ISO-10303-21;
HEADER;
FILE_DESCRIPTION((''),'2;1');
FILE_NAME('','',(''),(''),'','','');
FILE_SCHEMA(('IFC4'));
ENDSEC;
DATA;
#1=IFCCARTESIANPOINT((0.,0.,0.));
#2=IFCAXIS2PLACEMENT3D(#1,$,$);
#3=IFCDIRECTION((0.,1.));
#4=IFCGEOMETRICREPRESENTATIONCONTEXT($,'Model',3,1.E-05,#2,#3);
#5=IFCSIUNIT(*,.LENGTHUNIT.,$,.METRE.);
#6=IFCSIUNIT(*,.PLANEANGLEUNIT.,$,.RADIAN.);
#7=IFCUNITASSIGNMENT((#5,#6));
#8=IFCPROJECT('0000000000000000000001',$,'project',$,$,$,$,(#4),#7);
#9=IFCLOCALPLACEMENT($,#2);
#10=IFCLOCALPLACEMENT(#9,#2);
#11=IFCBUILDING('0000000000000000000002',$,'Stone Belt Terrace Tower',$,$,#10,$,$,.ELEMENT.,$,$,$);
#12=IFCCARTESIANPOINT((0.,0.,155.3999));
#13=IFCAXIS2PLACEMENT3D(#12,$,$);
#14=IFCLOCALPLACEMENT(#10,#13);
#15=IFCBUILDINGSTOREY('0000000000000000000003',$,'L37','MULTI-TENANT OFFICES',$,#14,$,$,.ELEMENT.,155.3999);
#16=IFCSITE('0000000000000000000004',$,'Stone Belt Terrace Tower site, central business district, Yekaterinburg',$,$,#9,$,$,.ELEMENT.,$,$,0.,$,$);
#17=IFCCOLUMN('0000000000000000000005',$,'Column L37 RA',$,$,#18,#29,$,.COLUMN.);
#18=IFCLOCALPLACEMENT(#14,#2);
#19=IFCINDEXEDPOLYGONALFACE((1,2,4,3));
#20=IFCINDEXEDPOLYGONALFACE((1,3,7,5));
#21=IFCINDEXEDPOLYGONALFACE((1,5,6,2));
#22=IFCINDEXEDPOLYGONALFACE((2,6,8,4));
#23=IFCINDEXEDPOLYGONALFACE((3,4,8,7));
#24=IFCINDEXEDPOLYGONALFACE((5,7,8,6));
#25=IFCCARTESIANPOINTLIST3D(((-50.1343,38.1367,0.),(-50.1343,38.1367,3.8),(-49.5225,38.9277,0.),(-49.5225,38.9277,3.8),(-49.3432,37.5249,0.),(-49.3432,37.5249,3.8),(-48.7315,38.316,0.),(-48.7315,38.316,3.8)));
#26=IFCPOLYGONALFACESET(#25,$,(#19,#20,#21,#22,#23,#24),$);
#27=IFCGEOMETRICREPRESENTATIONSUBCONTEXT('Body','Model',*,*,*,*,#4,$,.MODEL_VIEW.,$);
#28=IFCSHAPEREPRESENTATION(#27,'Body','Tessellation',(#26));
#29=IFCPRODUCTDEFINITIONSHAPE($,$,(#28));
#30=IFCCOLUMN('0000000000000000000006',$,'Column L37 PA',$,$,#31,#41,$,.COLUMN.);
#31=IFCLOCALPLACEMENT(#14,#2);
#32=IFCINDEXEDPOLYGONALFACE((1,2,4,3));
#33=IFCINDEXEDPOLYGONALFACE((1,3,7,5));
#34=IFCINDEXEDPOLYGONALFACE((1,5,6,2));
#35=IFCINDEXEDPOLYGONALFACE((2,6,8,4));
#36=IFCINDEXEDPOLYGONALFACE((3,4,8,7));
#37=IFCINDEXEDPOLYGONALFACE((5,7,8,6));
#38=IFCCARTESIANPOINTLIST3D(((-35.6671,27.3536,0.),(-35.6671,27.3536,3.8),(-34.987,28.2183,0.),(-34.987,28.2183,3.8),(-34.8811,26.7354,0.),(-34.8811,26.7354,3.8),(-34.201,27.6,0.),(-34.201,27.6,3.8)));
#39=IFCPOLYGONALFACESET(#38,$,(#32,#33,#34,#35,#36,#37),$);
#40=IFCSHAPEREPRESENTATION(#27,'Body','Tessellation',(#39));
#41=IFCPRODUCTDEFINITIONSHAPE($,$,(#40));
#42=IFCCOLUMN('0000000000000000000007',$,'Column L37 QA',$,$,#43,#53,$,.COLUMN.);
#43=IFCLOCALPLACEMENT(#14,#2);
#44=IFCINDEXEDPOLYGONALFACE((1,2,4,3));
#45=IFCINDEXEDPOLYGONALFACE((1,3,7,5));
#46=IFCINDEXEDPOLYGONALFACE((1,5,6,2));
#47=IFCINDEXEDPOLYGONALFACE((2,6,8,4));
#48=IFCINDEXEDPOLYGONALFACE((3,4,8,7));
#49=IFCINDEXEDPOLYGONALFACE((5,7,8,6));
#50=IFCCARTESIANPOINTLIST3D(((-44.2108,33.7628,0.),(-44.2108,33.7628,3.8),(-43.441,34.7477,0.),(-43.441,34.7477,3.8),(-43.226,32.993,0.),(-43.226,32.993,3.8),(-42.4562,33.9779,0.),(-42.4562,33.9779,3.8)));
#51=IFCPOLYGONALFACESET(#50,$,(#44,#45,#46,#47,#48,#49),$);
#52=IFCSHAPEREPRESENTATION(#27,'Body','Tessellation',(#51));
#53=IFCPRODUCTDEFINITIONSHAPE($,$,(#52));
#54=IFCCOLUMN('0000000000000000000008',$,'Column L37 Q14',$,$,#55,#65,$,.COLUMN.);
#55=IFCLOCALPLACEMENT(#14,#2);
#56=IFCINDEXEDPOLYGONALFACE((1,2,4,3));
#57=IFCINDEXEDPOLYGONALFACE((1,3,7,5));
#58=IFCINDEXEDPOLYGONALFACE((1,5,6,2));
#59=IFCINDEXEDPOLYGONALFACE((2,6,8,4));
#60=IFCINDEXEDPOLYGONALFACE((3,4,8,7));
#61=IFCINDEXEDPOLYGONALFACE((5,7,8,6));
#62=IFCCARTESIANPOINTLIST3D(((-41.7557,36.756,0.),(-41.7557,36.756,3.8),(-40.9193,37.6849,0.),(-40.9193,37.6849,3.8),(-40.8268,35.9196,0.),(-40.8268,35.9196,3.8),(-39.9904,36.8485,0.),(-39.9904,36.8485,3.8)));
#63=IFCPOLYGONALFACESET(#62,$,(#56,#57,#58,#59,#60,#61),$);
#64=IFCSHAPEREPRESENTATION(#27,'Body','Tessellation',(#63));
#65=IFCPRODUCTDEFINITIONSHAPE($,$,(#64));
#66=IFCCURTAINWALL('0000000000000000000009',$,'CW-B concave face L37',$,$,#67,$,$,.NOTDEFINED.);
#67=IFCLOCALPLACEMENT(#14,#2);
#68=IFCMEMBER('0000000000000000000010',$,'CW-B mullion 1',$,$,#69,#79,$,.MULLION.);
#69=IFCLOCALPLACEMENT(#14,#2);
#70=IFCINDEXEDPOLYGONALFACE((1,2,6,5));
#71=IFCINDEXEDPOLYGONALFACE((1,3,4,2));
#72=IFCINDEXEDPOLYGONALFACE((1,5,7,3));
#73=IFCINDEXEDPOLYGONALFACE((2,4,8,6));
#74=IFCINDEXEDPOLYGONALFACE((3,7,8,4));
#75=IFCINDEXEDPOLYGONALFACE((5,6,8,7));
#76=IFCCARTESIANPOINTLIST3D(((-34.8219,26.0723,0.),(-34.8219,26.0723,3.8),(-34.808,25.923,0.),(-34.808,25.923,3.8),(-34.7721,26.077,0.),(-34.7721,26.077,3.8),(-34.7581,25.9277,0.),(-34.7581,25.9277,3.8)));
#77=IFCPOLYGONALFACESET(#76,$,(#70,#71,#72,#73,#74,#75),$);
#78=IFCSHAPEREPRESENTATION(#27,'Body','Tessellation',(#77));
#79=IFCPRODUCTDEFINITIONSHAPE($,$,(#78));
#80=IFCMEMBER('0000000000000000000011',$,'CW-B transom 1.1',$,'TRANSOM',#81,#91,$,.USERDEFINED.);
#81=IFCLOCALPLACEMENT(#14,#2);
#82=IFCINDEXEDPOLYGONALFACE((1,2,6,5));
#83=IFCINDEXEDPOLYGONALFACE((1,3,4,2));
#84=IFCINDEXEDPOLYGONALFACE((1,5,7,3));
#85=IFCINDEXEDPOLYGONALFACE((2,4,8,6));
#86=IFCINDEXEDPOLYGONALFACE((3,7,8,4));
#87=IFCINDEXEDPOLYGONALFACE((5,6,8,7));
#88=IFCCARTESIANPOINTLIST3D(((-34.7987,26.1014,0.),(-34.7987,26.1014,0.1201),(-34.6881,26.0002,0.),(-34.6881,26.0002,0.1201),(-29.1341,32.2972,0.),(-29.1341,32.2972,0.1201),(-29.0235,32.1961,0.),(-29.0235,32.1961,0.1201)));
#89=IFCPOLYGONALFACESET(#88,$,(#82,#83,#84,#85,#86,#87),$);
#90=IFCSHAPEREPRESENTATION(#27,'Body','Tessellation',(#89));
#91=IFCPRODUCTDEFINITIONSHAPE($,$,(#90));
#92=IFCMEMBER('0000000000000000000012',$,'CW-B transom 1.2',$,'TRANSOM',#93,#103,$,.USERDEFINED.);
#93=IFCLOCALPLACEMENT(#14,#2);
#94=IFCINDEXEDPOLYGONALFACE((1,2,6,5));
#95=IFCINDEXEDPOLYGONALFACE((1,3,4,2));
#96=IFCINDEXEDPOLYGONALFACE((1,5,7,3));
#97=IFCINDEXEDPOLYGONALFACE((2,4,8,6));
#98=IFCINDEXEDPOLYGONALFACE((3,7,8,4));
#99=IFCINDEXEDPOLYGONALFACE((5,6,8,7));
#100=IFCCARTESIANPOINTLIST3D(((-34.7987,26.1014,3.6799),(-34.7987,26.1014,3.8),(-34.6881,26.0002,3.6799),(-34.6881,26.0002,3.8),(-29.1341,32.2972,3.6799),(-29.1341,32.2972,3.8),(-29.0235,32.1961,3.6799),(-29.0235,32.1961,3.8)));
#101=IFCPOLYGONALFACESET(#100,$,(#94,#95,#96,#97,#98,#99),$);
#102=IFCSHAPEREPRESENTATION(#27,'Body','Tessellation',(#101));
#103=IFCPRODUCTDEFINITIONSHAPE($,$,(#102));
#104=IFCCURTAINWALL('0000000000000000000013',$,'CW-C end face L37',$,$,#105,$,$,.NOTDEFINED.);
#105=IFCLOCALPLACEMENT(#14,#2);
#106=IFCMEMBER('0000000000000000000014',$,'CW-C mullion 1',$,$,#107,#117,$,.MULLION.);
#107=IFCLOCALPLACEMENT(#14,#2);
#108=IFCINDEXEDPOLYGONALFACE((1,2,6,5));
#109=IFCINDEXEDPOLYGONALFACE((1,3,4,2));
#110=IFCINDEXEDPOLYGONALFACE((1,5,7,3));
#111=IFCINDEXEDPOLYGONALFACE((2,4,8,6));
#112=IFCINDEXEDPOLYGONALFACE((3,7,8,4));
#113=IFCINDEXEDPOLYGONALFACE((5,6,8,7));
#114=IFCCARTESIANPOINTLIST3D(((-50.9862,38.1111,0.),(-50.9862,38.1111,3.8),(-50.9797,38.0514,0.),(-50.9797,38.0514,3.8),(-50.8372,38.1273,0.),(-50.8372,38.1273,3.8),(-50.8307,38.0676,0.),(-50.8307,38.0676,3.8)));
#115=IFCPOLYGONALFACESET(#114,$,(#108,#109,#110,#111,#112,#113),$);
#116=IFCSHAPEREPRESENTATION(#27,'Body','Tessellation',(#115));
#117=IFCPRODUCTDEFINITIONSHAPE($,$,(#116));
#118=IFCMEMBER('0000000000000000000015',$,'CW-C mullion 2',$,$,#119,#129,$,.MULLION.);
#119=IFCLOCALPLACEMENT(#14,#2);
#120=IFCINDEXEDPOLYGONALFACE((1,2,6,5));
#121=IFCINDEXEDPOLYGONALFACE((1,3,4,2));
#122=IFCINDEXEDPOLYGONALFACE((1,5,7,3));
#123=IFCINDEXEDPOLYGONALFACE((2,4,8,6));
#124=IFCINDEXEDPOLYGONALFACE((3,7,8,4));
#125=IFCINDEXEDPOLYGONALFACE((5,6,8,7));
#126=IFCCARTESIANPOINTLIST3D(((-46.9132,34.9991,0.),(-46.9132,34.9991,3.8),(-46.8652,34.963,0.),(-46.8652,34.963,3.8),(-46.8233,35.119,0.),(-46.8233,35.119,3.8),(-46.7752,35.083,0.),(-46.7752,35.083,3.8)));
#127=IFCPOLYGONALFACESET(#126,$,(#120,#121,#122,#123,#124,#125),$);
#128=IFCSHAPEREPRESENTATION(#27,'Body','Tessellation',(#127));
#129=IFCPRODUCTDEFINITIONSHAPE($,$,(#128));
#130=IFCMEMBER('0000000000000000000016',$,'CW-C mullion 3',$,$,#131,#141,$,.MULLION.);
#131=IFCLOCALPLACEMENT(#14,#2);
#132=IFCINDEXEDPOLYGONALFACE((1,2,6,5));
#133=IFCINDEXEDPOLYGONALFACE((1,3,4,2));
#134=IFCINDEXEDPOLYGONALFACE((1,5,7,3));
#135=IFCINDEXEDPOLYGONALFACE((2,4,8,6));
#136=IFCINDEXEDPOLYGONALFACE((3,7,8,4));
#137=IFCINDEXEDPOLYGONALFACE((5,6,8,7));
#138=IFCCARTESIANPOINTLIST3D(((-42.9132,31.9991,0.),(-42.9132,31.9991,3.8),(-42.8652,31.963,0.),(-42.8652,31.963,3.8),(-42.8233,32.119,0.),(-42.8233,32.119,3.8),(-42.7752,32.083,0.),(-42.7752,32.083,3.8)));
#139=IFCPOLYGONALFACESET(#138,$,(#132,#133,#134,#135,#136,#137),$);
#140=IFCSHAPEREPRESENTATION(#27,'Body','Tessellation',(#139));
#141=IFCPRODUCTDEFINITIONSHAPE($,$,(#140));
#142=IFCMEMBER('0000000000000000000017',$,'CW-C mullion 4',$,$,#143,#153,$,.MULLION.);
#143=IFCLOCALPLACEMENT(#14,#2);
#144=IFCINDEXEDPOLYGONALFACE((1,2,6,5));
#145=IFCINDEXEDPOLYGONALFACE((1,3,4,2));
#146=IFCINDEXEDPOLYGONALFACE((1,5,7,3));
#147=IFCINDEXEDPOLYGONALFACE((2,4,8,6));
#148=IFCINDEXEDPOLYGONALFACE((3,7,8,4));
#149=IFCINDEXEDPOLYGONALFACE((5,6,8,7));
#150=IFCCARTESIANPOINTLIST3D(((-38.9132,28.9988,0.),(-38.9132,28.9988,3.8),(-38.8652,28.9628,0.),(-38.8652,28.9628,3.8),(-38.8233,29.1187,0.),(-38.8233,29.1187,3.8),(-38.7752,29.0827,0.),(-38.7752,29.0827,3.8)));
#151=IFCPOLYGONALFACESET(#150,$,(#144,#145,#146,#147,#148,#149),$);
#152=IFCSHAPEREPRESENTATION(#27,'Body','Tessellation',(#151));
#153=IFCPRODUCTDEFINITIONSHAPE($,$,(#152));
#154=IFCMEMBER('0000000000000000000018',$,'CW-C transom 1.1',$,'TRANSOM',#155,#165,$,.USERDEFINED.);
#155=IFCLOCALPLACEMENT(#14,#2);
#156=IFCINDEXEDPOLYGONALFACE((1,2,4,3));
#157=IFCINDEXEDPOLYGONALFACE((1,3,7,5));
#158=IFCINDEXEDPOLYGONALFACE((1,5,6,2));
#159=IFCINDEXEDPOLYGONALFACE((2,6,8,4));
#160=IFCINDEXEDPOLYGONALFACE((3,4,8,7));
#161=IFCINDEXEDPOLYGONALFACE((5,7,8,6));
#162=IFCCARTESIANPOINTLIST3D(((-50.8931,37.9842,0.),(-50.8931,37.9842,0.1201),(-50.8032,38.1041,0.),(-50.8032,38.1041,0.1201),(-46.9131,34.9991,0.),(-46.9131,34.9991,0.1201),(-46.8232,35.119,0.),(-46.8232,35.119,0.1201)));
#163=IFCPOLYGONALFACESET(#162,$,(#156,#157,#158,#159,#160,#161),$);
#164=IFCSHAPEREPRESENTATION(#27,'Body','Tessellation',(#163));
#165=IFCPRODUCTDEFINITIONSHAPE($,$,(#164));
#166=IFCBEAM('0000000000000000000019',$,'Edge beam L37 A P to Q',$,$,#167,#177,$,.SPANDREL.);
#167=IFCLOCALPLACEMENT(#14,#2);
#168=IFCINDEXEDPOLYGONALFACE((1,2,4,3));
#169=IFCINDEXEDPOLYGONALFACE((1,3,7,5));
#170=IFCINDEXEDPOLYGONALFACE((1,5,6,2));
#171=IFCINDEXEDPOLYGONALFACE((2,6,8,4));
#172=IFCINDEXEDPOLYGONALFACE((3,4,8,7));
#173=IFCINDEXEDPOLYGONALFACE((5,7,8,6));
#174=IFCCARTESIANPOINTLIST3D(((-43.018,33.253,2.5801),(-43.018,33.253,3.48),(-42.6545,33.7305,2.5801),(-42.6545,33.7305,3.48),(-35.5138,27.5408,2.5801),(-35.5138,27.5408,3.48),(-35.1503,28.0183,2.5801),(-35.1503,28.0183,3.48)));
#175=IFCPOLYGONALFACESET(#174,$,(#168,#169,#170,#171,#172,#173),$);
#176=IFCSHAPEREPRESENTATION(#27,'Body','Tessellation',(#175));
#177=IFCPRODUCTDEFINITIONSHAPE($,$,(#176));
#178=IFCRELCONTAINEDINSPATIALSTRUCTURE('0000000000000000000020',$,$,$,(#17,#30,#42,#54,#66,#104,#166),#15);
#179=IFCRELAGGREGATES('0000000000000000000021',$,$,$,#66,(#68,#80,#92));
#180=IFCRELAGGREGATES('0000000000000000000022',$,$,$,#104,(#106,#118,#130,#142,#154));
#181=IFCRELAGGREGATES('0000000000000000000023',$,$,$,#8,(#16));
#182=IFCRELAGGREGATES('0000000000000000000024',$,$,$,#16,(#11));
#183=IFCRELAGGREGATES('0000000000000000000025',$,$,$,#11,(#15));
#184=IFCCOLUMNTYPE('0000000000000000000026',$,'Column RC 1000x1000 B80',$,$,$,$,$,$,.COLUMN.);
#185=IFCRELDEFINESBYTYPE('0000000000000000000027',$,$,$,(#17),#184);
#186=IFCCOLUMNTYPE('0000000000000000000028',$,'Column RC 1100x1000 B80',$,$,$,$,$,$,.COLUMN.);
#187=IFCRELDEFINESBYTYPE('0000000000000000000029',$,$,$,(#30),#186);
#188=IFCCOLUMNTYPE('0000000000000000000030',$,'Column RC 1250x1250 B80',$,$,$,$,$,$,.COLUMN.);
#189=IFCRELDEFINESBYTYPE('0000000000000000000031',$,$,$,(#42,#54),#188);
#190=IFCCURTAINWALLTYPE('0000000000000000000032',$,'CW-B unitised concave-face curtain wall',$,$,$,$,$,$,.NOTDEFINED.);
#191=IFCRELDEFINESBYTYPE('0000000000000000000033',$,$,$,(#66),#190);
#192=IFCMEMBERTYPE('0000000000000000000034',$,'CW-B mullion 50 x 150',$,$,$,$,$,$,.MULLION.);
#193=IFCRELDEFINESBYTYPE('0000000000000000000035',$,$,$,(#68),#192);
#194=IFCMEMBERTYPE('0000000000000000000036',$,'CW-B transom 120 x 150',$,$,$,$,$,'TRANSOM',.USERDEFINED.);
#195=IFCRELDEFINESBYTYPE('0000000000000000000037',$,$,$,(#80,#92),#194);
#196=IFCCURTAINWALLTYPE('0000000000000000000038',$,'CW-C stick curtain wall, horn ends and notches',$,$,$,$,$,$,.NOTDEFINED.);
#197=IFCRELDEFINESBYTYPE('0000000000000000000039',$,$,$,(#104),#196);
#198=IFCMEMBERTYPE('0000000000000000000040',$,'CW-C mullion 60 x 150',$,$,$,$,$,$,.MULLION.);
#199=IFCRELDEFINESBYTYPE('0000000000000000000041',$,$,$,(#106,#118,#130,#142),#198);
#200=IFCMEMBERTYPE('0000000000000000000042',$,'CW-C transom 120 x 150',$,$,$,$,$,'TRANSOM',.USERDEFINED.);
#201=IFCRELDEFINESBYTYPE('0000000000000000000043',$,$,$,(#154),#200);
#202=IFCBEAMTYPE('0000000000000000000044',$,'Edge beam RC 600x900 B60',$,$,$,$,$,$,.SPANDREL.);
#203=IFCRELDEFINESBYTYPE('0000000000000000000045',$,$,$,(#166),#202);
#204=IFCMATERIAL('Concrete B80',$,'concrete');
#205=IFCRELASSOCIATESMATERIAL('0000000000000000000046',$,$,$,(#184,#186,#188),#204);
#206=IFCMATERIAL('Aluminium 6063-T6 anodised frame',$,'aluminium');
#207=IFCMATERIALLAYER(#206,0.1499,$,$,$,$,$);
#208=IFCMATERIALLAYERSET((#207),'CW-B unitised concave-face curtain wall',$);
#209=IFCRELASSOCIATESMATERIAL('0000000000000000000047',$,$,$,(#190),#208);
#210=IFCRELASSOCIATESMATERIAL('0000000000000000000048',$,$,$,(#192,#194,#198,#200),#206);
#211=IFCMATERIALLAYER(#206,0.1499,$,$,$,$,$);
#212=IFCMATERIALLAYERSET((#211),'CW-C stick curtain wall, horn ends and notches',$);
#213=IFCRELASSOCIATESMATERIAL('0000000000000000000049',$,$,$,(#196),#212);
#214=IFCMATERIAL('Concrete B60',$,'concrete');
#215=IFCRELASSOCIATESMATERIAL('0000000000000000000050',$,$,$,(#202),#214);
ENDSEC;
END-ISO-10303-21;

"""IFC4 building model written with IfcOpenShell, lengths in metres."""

from ifc_helpers import new_model, si_unit, direction, frame, origin, origin_2d, place, context, subcontext, project, spatial, rectangle, extrude, material, layer, layer_set, material_profile, profile_set, type_object, element, aggregate, save


model = new_model("IFC4")

# Units and contexts
model_context = context("Model", 3, precision=1e-05, world=origin(), true_north=direction((0.0, 1.0)))
body_context = subcontext(model_context, "Body", "Model", "MODEL_VIEW")
ifc_project = project(units=[si_unit("LENGTHUNIT", "METRE"), si_unit("PLANEANGLEUNIT", "RADIAN")], contexts=[model_context])

# Site, building, storey
site_placement = place(None, origin())
site = spatial("IfcSite", under=ifc_project, at=site_placement, Name="Stone Belt Terrace Tower site, central business district, Yekaterinburg", CompositionType="ELEMENT", RefElevation=0.0)
building_placement = place(site_placement, origin())
building = spatial("IfcBuilding", under=site, at=building_placement, Name="Stone Belt Terrace Tower", CompositionType="ELEMENT")
storey_placement = place(building_placement, frame((0.0, 0.0, 155.3999)))
storey = spatial("IfcBuildingStorey", under=building, at=storey_placement, Name="L37", Description="MULTI-TENANT OFFICES", CompositionType="ELEMENT", Elevation=155.3999)

# Columns
ifc_material_1 = material(Name="Concrete B80", Category="concrete")
ifc_material_profile_1 = material_profile(ifc_material_1, rectangle(XDim=1.0, YDim=1.0, at=origin_2d()), Name="RC 1000x1000")
ifc_profile_set_1 = profile_set([ifc_material_profile_1], Name="Concrete B80")
column_type_1 = type_object("IfcColumnType", Name="Column RC 1000x1000 B80", PredefinedType="COLUMN", material=ifc_profile_set_1)
column_1_placement = place(storey_placement, frame((-49.4329, 38.2263, 0.0), z_axis=(0.0, 0.0, 1.0), x_axis=(0.61173, 0.791067, 0.0)))
element("IfcColumn", 1, at=column_1_placement, inside=storey, type_object=column_type_1, Name="Column L37 RA", PredefinedType="COLUMN", context=body_context, shape_type="SweptSolid", body=[
    extrude(rectangle(XDim=1.0, YDim=1.0, at=origin_2d()), origin(), (0.0, 0.0, 1.0), 3.8),
])
ifc_material_profile_2 = material_profile(ifc_material_1, rectangle(XDim=1.1001, YDim=1.0, at=origin_2d()), Name="RC 1100x1000")
ifc_profile_set_2 = profile_set([ifc_material_profile_2], Name="Concrete B80")
column_type_2 = type_object("IfcColumnType", Name="Column RC 1100x1000 B80", PredefinedType="COLUMN", material=ifc_profile_set_2)
column_2_placement = place(storey_placement, frame((-34.9341, 27.4768, 0.0), z_axis=(0.0, 0.0, 1.0), x_axis=(0.618218, 0.786007, 0.0)))
element("IfcColumn", 2, at=column_2_placement, inside=storey, type_object=column_type_2, Name="Column L37 PA", PredefinedType="COLUMN", context=body_context, shape_type="SweptSolid", body=[
    extrude(rectangle(XDim=1.1001, YDim=1.0, at=origin_2d()), origin(), (0.0, 0.0, 1.0), 3.8),
])
ifc_material_profile_3 = material_profile(ifc_material_1, rectangle(XDim=1.25, YDim=1.25, at=origin_2d()), Name="RC 1250x1250")
ifc_profile_set_3 = profile_set([ifc_material_profile_3], Name="Concrete B80")
column_type_3 = type_object("IfcColumnType", Name="Column RC 1250x1250 B80", PredefinedType="COLUMN", material=ifc_profile_set_3)
for number, where, z_axis, x_axis, name in (
    (3, (-43.3335, 33.8704, 0.0), (0.0, 0.0, 1.0), (0.615825, 0.787883, 0.0), "Column L37 QA"),
    (4, (-40.873, 36.8022, 0.0), (0.0, 0.0, 1.0), (0.669131, 0.743145, 0.0), "Column L37 Q14"),
):
    element("IfcColumn", number, at=place(storey_placement, frame(where, z_axis=z_axis, x_axis=x_axis)), inside=storey, type_object=column_type_3, Name=name, PredefinedType="COLUMN", context=body_context, shape_type="SweptSolid", body=[
        extrude(rectangle(XDim=1.25, YDim=1.25, at=origin_2d()), origin(), (0.0, 0.0, 1.0), 3.8),
    ])

# Curtain walls, members
ifc_material_2 = material(Name="Aluminium 6063-T6 anodised frame", Category="aluminium")
ifc_layer_1 = layer(ifc_material_2, 0.1499)
ifc_layer_set_1 = layer_set([ifc_layer_1], Name="CW-B unitised concave-face curtain wall")
curtain_wall_type_1 = type_object("IfcCurtainWallType", Name="CW-B unitised concave-face curtain wall", PredefinedType="NOTDEFINED", material=ifc_layer_set_1)
curtain_wall_1_placement = place(storey_placement, origin())
curtain_wall_1 = element("IfcCurtainWall", 5, at=curtain_wall_1_placement, inside=storey, type_object=curtain_wall_type_1, Name="CW-B concave face L37", PredefinedType="NOTDEFINED")
ifc_material_profile_4 = material_profile(ifc_material_2, rectangle(XDim=0.1499, YDim=0.05, at=origin_2d()), Name="Aluminium 6063-T6 50x150")
ifc_profile_set_4 = profile_set([ifc_material_profile_4], Name="Aluminium 6063-T6 anodised frame")
member_type_1 = type_object("IfcMemberType", Name="CW-B mullion 50 x 150", PredefinedType="MULLION", material=ifc_profile_set_4)
member_1_placement = place(storey_placement, frame((-34.79, 26.0, 0.0), z_axis=(0.0, 0.0, 1.0), x_axis=(-0.093181, 0.995649, 0.0)))
member_1 = element("IfcMember", 6, at=member_1_placement, type_object=member_type_1, Name="CW-B mullion 1", PredefinedType="MULLION", context=body_context, shape_type="SweptSolid", body=[
    extrude(rectangle(XDim=0.1499, YDim=0.05, at=origin_2d()), origin(), (0.0, 0.0, 1.0), 3.8),
])
ifc_material_profile_5 = material_profile(ifc_material_2, rectangle(XDim=0.1499, YDim=0.1201, at=origin_2d()), Name="Aluminium 6063-T6 150x120")
ifc_profile_set_5 = profile_set([ifc_material_profile_5], Name="Aluminium 6063-T6 anodised frame")
member_type_2 = type_object("IfcMemberType", Name="CW-B transom 120 x 150", ElementType="TRANSOM", PredefinedType="USERDEFINED", material=ifc_profile_set_5)
member_2_placement = place(storey_placement, frame((-34.7434, 26.0508, 0.0601), z_axis=(0.674757, 0.73804, 0.0), x_axis=(-0.73804, 0.674757, 0.0)))
member_2 = element("IfcMember", 7, at=member_2_placement, type_object=member_type_2, Name="CW-B transom 1.1", ObjectType="TRANSOM", PredefinedType="USERDEFINED", context=body_context, shape_type="SweptSolid", body=[
    extrude(rectangle(XDim=0.1499, YDim=0.1201, at=origin_2d()), origin(), (0.0, 0.0, 1.0), 8.395),
])
member_3_placement = place(storey_placement, frame((-34.7434, 26.0508, 3.74), z_axis=(0.674757, 0.73804, 0.0), x_axis=(-0.73804, 0.674757, 0.0)))
member_3 = element("IfcMember", 8, at=member_3_placement, type_object=member_type_2, Name="CW-B transom 1.2", ObjectType="TRANSOM", PredefinedType="USERDEFINED", context=body_context, shape_type="SweptSolid", body=[
    extrude(rectangle(XDim=0.1499, YDim=0.1201, at=origin_2d()), origin(), (0.0, 0.0, 1.0), 8.395),
])
ifc_layer_2 = layer(ifc_material_2, 0.1499)
ifc_layer_set_2 = layer_set([ifc_layer_2], Name="CW-C stick curtain wall, horn ends and notches")
curtain_wall_type_2 = type_object("IfcCurtainWallType", Name="CW-C stick curtain wall, horn ends and notches", PredefinedType="NOTDEFINED", material=ifc_layer_set_2)
curtain_wall_2_placement = place(storey_placement, origin())
curtain_wall_2 = element("IfcCurtainWall", 9, at=curtain_wall_2_placement, inside=storey, type_object=curtain_wall_type_2, Name="CW-C end face L37", PredefinedType="NOTDEFINED")
ifc_material_profile_6 = material_profile(ifc_material_2, rectangle(XDim=0.1499, YDim=0.0601, at=origin_2d()), Name="Aluminium 6063-T6 60x150")
ifc_profile_set_6 = profile_set([ifc_material_profile_6], Name="Aluminium 6063-T6 anodised frame")
member_type_3 = type_object("IfcMemberType", Name="CW-C mullion 60 x 150", PredefinedType="MULLION", material=ifc_profile_set_6)
member_4_placement = place(storey_placement, frame((-50.9084, 38.0894, 0.0), z_axis=(0.0, 0.0, 1.0), x_axis=(0.994169, 0.10783, 0.0)))
member_4 = element("IfcMember", 10, at=member_4_placement, type_object=member_type_3, Name="CW-C mullion 1", PredefinedType="MULLION", context=body_context, shape_type="SweptSolid", body=[
    extrude(rectangle(XDim=0.1499, YDim=0.0601, at=origin_2d()), origin(), (0.0, 0.0, 1.0), 3.8),
])
member_5_placement = place(storey_placement, frame((-46.8442, 35.041, 0.0), z_axis=(0.0, 0.0, 1.0), x_axis=(0.600018, 0.799987, 0.0)))
member_5 = element("IfcMember", 11, at=member_5_placement, type_object=member_type_3, Name="CW-C mullion 2", PredefinedType="MULLION", context=body_context, shape_type="SweptSolid", body=[
    extrude(rectangle(XDim=0.1499, YDim=0.0601, at=origin_2d()), origin(), (0.0, 0.0, 1.0), 3.8),
])
member_6_placement = place(storey_placement, frame((-42.8442, 32.041, 0.0), z_axis=(0.0, 0.0, 1.0), x_axis=(0.600018, 0.799987, 0.0)))
member_6 = element("IfcMember", 12, at=member_6_placement, type_object=member_type_3, Name="CW-C mullion 3", PredefinedType="MULLION", context=body_context, shape_type="SweptSolid", body=[
    extrude(rectangle(XDim=0.1499, YDim=0.0601, at=origin_2d()), origin(), (0.0, 0.0, 1.0), 3.8),
])
member_7_placement = place(storey_placement, frame((-38.8442, 29.0408, 0.0), z_axis=(0.0, 0.0, 1.0), x_axis=(0.600018, 0.799987, 0.0)))
member_7 = element("IfcMember", 13, at=member_7_placement, type_object=member_type_3, Name="CW-C mullion 4", PredefinedType="MULLION", context=body_context, shape_type="SweptSolid", body=[
    extrude(rectangle(XDim=0.1499, YDim=0.0601, at=origin_2d()), origin(), (0.0, 0.0, 1.0), 3.8),
])
ifc_material_profile_7 = material_profile(ifc_material_2, rectangle(XDim=0.1499, YDim=0.1201, at=origin_2d()), Name="Aluminium 6063-T6 150x120")
ifc_profile_set_7 = profile_set([ifc_material_profile_7], Name="Aluminium 6063-T6 anodised frame")
member_type_4 = type_object("IfcMemberType", Name="CW-C transom 120 x 150", ElementType="TRANSOM", PredefinedType="USERDEFINED", material=ifc_profile_set_7)
member_8_placement = place(storey_placement, frame((-50.8481, 38.0442, 0.0601), z_axis=(0.799988, -0.600016, 0.0), x_axis=(0.600016, 0.799988, 0.0)))
member_8 = element("IfcMember", 14, at=member_8_placement, type_object=member_type_4, Name="CW-C transom 1.1", ObjectType="TRANSOM", PredefinedType="USERDEFINED", context=body_context, shape_type="SweptSolid", body=[
    extrude(rectangle(XDim=0.1499, YDim=0.1201, at=origin_2d()), origin(), (0.0, 0.0, 1.0), 4.9751),
])

# Beam
ifc_material_3 = material(Name="Concrete B60", Category="concrete")
ifc_material_profile_8 = material_profile(ifc_material_3, rectangle(XDim=0.6001, YDim=0.8999, at=origin_2d()), Name="RC 600x900")
ifc_profile_set_8 = profile_set([ifc_material_profile_8], Name="Concrete B60")
beam_type = type_object("IfcBeamType", Name="Edge beam RC 600x900 B60", PredefinedType="SPANDREL", material=ifc_profile_set_8)
beam_1_placement = place(storey_placement, frame((-35.332, 27.7795, 3.03), z_axis=(-0.795702, 0.605688, 0.0), x_axis=(-0.605688, -0.795702, 0.0)))
element("IfcBeam", 15, at=beam_1_placement, inside=storey, type_object=beam_type, Name="Edge beam L37 A P to Q", PredefinedType="SPANDREL", context=body_context, shape_type="SweptSolid", body=[
    extrude(rectangle(XDim=0.6001, YDim=0.8999, at=origin_2d()), origin(), (0.0, 0.0, 1.0), 9.4309),
])

aggregate(curtain_wall_1, [member_1, member_2, member_3])
aggregate(curtain_wall_2, [member_4, member_5, member_6, member_7, member_8])

save(model, "model.ifc")
